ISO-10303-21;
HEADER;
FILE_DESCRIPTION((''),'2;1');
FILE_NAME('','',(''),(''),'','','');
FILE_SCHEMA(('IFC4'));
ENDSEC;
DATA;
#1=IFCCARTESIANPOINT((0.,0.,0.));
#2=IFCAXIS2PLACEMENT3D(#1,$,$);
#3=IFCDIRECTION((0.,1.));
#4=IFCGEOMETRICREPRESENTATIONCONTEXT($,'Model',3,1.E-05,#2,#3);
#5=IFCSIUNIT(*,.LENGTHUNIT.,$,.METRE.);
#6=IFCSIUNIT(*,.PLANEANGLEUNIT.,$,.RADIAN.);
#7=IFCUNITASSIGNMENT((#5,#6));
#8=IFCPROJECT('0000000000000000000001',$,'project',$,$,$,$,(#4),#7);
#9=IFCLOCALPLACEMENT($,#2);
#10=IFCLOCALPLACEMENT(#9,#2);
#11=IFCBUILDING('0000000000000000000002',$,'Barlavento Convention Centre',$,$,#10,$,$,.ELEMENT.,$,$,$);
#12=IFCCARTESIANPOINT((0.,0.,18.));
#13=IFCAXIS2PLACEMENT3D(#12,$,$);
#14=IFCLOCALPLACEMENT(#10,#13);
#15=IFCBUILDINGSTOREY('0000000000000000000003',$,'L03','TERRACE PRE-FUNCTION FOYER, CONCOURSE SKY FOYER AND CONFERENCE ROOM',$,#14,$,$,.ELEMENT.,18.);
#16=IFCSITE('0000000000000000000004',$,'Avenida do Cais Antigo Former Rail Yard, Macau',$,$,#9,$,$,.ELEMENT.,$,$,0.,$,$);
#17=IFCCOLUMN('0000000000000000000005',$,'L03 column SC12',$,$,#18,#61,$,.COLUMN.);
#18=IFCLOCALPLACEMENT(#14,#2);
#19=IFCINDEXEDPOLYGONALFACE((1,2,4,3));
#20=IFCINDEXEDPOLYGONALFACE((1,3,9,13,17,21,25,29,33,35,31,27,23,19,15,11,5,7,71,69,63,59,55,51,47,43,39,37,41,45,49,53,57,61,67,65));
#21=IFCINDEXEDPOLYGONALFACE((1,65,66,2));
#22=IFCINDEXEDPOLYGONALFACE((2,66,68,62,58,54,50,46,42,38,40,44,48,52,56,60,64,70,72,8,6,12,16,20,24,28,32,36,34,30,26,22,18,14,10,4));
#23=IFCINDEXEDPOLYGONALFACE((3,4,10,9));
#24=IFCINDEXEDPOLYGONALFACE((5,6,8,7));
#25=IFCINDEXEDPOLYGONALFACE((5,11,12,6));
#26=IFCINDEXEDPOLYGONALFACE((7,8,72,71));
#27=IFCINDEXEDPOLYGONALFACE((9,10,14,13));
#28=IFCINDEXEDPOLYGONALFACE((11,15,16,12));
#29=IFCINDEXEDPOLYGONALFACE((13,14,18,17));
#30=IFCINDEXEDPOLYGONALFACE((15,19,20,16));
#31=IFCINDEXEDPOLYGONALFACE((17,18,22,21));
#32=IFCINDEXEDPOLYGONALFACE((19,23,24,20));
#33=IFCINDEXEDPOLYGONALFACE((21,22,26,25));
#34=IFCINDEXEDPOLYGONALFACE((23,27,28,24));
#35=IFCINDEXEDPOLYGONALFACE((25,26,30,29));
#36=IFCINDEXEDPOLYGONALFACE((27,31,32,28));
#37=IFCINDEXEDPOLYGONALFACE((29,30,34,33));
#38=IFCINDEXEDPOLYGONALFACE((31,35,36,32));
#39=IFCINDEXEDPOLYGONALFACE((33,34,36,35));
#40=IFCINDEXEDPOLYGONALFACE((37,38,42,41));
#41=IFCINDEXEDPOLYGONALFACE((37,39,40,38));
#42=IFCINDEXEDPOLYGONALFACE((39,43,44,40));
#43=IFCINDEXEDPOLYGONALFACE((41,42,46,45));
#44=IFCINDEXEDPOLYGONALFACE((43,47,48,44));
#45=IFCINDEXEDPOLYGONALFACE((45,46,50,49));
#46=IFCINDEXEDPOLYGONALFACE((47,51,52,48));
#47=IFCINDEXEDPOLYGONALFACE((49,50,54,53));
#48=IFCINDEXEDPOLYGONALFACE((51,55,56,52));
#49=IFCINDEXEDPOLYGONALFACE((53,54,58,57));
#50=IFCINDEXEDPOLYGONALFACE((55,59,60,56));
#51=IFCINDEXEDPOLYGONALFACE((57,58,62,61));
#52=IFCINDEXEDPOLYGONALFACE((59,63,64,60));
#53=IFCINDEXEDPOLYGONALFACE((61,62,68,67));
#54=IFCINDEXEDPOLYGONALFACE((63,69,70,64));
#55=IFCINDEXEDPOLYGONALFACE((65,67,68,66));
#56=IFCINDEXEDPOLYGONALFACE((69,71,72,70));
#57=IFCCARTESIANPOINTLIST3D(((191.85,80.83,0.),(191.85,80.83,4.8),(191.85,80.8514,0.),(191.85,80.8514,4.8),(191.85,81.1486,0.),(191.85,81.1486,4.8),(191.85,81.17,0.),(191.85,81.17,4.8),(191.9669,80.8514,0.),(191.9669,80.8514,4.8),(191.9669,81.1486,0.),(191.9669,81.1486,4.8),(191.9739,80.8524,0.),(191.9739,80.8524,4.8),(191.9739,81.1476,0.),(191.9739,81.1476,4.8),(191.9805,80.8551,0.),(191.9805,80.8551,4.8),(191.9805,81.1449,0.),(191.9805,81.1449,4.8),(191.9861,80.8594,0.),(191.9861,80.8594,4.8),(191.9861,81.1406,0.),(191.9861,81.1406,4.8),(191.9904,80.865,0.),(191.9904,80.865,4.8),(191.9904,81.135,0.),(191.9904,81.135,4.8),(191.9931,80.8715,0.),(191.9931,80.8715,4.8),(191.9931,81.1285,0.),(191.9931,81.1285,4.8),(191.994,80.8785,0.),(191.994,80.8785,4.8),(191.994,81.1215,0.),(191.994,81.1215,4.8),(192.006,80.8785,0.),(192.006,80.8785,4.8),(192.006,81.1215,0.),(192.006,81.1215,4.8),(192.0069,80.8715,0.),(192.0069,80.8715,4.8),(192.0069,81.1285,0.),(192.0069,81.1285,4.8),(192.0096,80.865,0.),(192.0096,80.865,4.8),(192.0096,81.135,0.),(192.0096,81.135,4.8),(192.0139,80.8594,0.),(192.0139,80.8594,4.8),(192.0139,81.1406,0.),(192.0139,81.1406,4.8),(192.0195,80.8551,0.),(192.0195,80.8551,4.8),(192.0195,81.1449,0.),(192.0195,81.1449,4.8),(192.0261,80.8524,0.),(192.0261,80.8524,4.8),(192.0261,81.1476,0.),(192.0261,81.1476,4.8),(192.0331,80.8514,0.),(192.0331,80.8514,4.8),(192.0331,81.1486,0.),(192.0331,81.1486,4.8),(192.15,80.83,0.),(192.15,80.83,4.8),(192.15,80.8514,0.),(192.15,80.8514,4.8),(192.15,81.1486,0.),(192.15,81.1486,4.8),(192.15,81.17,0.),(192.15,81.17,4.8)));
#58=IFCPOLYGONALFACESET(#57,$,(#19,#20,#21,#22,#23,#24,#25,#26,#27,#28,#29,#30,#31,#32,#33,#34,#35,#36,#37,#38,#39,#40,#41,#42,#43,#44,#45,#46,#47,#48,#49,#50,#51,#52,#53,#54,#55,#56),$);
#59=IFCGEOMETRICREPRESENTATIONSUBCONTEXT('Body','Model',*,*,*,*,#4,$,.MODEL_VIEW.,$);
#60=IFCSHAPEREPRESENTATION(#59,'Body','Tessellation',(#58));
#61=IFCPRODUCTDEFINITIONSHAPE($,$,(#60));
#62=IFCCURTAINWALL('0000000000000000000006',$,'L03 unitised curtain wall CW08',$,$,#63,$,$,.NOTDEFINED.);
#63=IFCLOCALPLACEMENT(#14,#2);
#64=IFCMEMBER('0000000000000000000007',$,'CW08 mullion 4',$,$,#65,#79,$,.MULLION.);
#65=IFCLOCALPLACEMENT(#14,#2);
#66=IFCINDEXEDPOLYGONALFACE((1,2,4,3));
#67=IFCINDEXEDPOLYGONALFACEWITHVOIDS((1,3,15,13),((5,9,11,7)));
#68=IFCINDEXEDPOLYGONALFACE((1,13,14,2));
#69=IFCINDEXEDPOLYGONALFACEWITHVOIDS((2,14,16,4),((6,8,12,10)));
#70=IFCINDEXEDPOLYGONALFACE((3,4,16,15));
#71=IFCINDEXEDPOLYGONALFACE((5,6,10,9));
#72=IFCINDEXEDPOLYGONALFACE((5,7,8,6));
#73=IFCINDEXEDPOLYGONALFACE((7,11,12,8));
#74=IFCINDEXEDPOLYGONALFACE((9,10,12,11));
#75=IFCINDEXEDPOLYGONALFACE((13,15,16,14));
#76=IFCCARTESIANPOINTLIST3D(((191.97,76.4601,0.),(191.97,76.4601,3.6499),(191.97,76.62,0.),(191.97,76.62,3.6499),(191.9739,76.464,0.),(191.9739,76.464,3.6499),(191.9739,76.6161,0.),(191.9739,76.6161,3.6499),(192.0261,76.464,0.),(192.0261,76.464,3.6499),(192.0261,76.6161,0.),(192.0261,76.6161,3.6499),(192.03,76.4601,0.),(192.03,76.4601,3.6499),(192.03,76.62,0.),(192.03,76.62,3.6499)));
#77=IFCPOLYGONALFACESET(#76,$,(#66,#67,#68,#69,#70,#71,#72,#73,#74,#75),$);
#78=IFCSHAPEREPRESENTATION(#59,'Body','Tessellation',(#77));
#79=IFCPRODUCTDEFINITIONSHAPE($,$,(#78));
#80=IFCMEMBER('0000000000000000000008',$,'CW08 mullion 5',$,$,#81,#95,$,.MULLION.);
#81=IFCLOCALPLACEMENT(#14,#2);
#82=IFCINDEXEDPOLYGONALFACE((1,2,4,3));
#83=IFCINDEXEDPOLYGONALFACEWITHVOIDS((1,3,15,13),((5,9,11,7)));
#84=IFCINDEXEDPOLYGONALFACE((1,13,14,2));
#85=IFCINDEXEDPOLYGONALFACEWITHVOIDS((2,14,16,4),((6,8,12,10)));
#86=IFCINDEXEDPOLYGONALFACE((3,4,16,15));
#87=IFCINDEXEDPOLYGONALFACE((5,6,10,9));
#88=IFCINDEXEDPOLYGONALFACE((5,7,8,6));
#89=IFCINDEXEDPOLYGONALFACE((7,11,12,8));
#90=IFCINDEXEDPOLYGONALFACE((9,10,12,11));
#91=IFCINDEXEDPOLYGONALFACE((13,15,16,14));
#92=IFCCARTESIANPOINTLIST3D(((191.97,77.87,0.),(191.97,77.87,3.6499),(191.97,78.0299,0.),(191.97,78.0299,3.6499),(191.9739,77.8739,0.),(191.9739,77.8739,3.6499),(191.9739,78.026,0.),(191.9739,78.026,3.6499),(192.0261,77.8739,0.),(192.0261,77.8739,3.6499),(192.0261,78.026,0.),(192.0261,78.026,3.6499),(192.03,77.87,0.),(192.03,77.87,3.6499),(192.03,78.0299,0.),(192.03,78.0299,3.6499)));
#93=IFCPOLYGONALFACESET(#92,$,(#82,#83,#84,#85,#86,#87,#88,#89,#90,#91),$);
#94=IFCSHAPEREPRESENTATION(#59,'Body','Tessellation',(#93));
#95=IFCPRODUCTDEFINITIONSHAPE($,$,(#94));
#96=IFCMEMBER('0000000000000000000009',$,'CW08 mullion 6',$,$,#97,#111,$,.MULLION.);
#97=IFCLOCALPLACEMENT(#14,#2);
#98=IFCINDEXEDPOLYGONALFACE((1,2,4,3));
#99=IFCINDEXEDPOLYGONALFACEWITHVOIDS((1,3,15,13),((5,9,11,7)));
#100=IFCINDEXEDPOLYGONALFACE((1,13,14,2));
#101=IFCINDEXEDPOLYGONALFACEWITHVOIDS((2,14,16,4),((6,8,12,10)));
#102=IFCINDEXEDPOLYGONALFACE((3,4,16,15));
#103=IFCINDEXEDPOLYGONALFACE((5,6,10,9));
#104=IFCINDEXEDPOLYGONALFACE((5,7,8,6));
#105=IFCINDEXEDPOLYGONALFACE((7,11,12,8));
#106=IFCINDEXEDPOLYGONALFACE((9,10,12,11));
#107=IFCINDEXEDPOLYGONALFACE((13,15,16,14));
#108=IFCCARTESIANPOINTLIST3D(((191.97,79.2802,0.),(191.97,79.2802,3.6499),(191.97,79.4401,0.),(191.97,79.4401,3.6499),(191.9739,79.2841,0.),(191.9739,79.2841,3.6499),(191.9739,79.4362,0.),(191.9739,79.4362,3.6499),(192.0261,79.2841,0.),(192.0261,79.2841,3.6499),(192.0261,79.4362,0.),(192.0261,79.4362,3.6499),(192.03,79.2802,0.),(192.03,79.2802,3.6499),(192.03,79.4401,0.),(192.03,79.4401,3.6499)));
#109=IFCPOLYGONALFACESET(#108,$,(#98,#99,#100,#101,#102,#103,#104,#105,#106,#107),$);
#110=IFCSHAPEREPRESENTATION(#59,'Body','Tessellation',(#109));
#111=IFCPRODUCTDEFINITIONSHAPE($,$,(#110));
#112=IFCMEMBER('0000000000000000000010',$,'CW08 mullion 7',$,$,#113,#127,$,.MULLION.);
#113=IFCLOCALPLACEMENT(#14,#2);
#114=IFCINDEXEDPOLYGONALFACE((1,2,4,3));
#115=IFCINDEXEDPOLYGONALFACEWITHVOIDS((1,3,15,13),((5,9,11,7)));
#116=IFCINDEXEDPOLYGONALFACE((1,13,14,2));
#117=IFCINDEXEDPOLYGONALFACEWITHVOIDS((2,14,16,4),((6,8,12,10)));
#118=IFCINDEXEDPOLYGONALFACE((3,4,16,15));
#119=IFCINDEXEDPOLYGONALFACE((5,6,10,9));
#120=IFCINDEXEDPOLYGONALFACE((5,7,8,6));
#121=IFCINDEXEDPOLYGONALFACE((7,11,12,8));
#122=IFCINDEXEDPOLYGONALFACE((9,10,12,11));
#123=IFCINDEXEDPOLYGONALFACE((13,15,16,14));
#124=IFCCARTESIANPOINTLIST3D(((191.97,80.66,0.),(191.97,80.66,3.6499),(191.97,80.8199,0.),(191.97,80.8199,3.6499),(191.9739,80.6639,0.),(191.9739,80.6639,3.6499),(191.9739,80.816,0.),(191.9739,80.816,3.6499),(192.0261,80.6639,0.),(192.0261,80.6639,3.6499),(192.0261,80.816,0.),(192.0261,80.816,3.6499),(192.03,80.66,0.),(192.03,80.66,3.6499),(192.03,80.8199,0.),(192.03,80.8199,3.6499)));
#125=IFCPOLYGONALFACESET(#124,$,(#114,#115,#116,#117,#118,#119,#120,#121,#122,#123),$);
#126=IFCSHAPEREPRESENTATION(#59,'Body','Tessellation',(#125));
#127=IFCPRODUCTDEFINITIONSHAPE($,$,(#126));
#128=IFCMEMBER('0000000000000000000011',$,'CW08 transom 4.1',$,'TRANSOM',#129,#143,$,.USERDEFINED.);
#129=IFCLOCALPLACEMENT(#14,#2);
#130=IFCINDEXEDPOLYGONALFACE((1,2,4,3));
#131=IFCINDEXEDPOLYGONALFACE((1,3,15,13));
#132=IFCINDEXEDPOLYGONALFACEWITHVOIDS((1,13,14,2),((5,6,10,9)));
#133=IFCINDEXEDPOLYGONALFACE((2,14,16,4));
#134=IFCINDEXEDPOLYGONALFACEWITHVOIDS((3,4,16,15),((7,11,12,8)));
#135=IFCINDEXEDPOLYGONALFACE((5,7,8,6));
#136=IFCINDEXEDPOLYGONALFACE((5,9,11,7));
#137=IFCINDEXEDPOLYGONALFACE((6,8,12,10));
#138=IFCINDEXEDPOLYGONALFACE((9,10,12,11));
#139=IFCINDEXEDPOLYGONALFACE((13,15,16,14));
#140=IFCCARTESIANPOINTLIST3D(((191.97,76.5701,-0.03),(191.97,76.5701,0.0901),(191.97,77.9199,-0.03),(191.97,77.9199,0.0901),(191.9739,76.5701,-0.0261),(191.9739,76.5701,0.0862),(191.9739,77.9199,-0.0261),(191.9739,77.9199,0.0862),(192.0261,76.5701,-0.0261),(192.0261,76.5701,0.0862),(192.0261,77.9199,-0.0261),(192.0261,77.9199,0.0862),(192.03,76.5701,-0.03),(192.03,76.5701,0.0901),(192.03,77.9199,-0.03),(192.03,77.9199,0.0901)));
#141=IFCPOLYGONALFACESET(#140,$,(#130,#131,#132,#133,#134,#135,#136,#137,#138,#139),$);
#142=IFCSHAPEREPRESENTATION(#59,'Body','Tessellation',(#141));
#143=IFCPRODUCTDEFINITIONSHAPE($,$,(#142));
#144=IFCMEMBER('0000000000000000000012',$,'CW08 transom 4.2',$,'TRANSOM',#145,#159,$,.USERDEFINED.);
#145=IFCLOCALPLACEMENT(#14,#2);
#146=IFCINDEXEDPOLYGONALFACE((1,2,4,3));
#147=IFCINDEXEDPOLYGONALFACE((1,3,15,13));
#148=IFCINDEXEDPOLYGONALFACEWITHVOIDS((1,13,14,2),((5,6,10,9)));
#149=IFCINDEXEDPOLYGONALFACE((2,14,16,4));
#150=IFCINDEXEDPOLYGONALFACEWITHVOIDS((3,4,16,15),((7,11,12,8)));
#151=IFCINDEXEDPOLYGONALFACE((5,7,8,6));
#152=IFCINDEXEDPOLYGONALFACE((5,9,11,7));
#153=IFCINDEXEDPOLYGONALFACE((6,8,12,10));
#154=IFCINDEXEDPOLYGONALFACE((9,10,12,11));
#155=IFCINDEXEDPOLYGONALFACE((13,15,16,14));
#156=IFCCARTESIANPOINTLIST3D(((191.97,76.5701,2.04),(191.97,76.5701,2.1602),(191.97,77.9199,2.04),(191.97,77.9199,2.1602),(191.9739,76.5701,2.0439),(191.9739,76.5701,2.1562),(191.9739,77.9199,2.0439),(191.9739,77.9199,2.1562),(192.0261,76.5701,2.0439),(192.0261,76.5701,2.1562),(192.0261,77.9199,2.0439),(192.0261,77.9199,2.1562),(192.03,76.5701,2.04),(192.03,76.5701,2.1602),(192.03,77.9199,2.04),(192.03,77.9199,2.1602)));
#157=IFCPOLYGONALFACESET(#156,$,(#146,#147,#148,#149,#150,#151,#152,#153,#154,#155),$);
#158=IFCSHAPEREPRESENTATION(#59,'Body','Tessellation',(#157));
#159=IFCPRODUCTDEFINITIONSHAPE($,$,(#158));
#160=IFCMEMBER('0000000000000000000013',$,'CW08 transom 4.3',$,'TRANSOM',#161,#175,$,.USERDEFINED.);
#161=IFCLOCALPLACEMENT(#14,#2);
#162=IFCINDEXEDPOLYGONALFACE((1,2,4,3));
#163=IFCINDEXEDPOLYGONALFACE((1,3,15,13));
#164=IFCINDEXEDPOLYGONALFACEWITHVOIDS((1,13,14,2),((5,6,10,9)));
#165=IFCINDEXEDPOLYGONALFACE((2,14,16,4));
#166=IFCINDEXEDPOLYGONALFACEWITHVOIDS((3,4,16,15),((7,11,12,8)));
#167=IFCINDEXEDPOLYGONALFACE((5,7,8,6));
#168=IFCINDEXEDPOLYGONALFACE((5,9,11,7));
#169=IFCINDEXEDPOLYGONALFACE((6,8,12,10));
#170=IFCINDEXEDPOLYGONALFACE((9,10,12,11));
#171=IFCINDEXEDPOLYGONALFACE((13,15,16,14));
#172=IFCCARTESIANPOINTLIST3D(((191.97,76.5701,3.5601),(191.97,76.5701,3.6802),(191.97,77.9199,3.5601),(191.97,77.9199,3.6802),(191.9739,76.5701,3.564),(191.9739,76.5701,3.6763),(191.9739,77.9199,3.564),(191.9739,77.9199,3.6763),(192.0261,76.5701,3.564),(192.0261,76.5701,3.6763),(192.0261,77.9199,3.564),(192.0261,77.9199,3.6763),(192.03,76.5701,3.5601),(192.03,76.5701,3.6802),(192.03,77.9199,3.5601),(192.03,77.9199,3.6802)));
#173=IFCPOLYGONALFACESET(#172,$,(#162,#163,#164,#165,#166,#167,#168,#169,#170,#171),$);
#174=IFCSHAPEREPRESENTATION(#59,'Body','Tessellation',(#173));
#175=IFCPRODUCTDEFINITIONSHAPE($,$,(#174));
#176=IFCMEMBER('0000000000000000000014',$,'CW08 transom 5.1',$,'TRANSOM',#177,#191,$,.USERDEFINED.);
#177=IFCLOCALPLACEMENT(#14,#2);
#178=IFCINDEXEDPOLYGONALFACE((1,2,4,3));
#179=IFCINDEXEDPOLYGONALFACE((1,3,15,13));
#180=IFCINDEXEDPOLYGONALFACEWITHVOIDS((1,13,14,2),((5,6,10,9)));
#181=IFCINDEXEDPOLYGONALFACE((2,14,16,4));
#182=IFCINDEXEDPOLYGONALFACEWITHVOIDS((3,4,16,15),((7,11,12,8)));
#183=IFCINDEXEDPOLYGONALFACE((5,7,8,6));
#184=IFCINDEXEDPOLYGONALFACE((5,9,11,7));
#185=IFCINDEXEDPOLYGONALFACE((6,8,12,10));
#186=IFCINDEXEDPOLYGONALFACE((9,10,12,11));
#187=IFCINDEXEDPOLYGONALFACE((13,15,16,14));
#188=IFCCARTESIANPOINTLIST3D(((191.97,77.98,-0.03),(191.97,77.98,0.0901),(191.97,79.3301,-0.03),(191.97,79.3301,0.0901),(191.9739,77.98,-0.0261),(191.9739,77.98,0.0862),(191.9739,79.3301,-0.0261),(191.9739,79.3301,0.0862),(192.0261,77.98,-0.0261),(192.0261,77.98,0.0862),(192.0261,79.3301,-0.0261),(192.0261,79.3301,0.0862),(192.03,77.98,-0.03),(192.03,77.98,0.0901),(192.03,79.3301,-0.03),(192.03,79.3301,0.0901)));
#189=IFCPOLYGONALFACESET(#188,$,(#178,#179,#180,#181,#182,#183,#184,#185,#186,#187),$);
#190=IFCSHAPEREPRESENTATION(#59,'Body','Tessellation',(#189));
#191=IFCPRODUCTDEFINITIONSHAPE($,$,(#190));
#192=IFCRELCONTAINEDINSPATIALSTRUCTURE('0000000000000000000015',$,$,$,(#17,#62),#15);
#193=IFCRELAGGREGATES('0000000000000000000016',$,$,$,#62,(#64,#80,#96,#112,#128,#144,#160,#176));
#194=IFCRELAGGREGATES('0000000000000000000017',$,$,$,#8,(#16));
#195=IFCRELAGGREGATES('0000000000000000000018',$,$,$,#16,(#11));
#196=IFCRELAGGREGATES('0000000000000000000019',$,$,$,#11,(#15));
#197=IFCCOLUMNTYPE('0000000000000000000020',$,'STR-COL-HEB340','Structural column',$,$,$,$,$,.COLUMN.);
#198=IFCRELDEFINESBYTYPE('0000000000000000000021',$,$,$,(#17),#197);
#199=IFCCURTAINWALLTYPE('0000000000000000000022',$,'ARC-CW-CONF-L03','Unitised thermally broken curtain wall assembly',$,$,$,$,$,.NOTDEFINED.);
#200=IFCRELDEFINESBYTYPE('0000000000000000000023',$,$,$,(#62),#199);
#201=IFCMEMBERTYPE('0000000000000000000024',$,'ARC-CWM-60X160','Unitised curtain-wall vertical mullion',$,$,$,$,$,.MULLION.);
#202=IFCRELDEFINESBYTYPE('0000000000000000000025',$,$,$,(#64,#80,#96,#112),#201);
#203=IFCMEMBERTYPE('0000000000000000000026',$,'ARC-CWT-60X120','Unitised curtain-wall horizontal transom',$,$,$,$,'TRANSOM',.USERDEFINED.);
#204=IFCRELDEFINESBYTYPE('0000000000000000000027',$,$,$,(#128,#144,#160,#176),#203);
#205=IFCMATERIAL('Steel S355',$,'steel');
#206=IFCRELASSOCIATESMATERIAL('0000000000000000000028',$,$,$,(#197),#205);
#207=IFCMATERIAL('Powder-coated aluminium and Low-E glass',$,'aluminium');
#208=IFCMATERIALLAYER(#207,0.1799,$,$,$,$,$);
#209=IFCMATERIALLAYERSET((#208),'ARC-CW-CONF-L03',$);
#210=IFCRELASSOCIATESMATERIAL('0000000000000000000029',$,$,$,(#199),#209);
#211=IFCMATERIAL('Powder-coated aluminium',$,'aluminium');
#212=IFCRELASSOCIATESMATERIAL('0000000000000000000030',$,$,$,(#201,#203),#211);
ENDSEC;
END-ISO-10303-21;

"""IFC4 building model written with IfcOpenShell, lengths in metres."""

from ifc_helpers import new_model, si_unit, direction, frame, origin, origin_2d, place, context, subcontext, project, spatial, hollow_rectangle, i_section, extrude, material, layer, layer_set, material_profile, profile_set, type_object, element, aggregate, save


model = new_model("IFC4")

# Units and contexts
model_context = context("Model", 3, precision=1e-05, world=origin(), true_north=direction((0.0, 1.0)))
body_context = subcontext(model_context, "Body", "Model", "MODEL_VIEW")
ifc_project = project(units=[si_unit("LENGTHUNIT", "METRE"), si_unit("PLANEANGLEUNIT", "RADIAN")], contexts=[model_context])

# Site, building, storey
site_placement = place(None, origin())
site = spatial("IfcSite", under=ifc_project, at=site_placement, Name="Avenida do Cais Antigo Former Rail Yard, Macau", CompositionType="ELEMENT", RefElevation=0.0)
building_placement = place(site_placement, origin())
building = spatial("IfcBuilding", under=site, at=building_placement, Name="Barlavento Convention Centre", CompositionType="ELEMENT")
storey_placement = place(building_placement, frame((0.0, 0.0, 18.0)))
storey = spatial("IfcBuildingStorey", under=building, at=storey_placement, Name="L03", Description="TERRACE PRE-FUNCTION FOYER, CONCOURSE SKY FOYER AND CONFERENCE ROOM", CompositionType="ELEMENT", Elevation=18.0)

# Column
ifc_material_1 = material(Name="Steel S355", Category="steel")
ifc_material_profile_1 = material_profile(ifc_material_1, i_section(OverallWidth=0.3, OverallDepth=0.3401, WebThickness=0.012, FlangeThickness=0.0215, FilletRadius=0.0271, at=origin_2d()), Name="HEB 340")
ifc_profile_set_1 = profile_set([ifc_material_profile_1], Name="Steel S355")
column_type = type_object("IfcColumnType", Name="STR-COL-HEB340", Description="Structural column", PredefinedType="COLUMN", material=ifc_profile_set_1)
column_placement = place(storey_placement, frame((192.0, 81.0, 0.0), z_axis=(0.0, 0.0, 1.0), x_axis=(1.0, 0.0, 0.0)))
element("IfcColumn", 1, at=column_placement, inside=storey, type_object=column_type, Name="L03 column SC12", PredefinedType="COLUMN", context=body_context, shape_type="SweptSolid", body=[
    extrude(i_section(OverallWidth=0.3, OverallDepth=0.3401, WebThickness=0.012, FlangeThickness=0.0215, FilletRadius=0.0271, at=origin_2d()), origin(), (0.0, 0.0, 1.0), 4.8),
])

# Curtain wall, members
ifc_material_2 = material(Name="Powder-coated aluminium and Low-E glass", Category="aluminium")
ifc_layer_1 = layer(ifc_material_2, 0.1799)
ifc_layer_set_1 = layer_set([ifc_layer_1], Name="ARC-CW-CONF-L03")
curtain_wall_type = type_object("IfcCurtainWallType", Name="ARC-CW-CONF-L03", Description="Unitised thermally broken curtain wall assembly", PredefinedType="NOTDEFINED", material=ifc_layer_set_1)
curtain_wall_placement = place(storey_placement, origin())
curtain_wall = element("IfcCurtainWall", 2, at=curtain_wall_placement, inside=storey, type_object=curtain_wall_type, Name="L03 unitised curtain wall CW08", PredefinedType="NOTDEFINED")
ifc_material_3 = material(Name="Powder-coated aluminium", Category="aluminium")
ifc_material_profile_2 = material_profile(ifc_material_3, hollow_rectangle(XDim=0.0601, YDim=0.1599, WallThickness=0.0039, at=origin_2d()), Name="AL-MULL 60x160x4")
ifc_profile_set_2 = profile_set([ifc_material_profile_2], Name="Powder-coated aluminium")
member_type_1 = type_object("IfcMemberType", Name="ARC-CWM-60X160", Description="Unitised curtain-wall vertical mullion", PredefinedType="MULLION", material=ifc_profile_set_2)
member_1_placement = place(storey_placement, frame((192.0, 76.54, 0.0), z_axis=(0.0, 0.0, 1.0), x_axis=(-1.0, 0.0, 0.0)))
member_1 = element("IfcMember", 3, at=member_1_placement, type_object=member_type_1, Name="CW08 mullion 4", PredefinedType="MULLION", context=body_context, shape_type="SweptSolid", body=[
    extrude(hollow_rectangle(XDim=0.0601, YDim=0.1599, WallThickness=0.0039, at=origin_2d()), origin(), (0.0, 0.0, 1.0), 3.6499),
])
member_2_placement = place(storey_placement, frame((192.0, 77.95, 0.0), z_axis=(0.0, 0.0, 1.0), x_axis=(-1.0, 0.0, 0.0)))
member_2 = element("IfcMember", 4, at=member_2_placement, type_object=member_type_1, Name="CW08 mullion 5", PredefinedType="MULLION", context=body_context, shape_type="SweptSolid", body=[
    extrude(hollow_rectangle(XDim=0.0601, YDim=0.1599, WallThickness=0.0039, at=origin_2d()), origin(), (0.0, 0.0, 1.0), 3.6499),
])
member_3_placement = place(storey_placement, frame((192.0, 79.3601, 0.0), z_axis=(0.0, 0.0, 1.0), x_axis=(-1.0, 0.0, 0.0)))
member_3 = element("IfcMember", 5, at=member_3_placement, type_object=member_type_1, Name="CW08 mullion 6", PredefinedType="MULLION", context=body_context, shape_type="SweptSolid", body=[
    extrude(hollow_rectangle(XDim=0.0601, YDim=0.1599, WallThickness=0.0039, at=origin_2d()), origin(), (0.0, 0.0, 1.0), 3.6499),
])
member_4_placement = place(storey_placement, frame((192.0, 80.74, 0.0), z_axis=(0.0, 0.0, 1.0), x_axis=(-1.0, 0.0, 0.0)))
member_4 = element("IfcMember", 6, at=member_4_placement, type_object=member_type_1, Name="CW08 mullion 7", PredefinedType="MULLION", context=body_context, shape_type="SweptSolid", body=[
    extrude(hollow_rectangle(XDim=0.0601, YDim=0.1599, WallThickness=0.0039, at=origin_2d()), origin(), (0.0, 0.0, 1.0), 3.6499),
])
ifc_material_profile_3 = material_profile(ifc_material_3, hollow_rectangle(XDim=0.0601, YDim=0.1201, WallThickness=0.0039, at=origin_2d()), Name="AL-TRAN 60x120x4")
ifc_profile_set_3 = profile_set([ifc_material_profile_3], Name="Powder-coated aluminium")
member_type_2 = type_object("IfcMemberType", Name="ARC-CWT-60X120", Description="Unitised curtain-wall horizontal transom", ElementType="TRANSOM", PredefinedType="USERDEFINED", material=ifc_profile_set_3)
member_5_placement = place(storey_placement, frame((192.0, 76.5701, 0.03), z_axis=(0.0, 1.0, 0.0), x_axis=(-1.0, 0.0, 0.0)))
member_5 = element("IfcMember", 7, at=member_5_placement, type_object=member_type_2, Name="CW08 transom 4.1", ObjectType="TRANSOM", PredefinedType="USERDEFINED", context=body_context, shape_type="SweptSolid", body=[
    extrude(hollow_rectangle(XDim=0.0601, YDim=0.1201, WallThickness=0.0039, at=origin_2d()), origin(), (0.0, 0.0, 1.0), 1.3499),
])
member_6_placement = place(storey_placement, frame((192.0, 76.5701, 2.1001), z_axis=(0.0, 1.0, 0.0), x_axis=(-1.0, 0.0, 0.0)))
member_6 = element("IfcMember", 8, at=member_6_placement, type_object=member_type_2, Name="CW08 transom 4.2", ObjectType="TRANSOM", PredefinedType="USERDEFINED", context=body_context, shape_type="SweptSolid", body=[
    extrude(hollow_rectangle(XDim=0.0601, YDim=0.1201, WallThickness=0.0039, at=origin_2d()), origin(), (0.0, 0.0, 1.0), 1.3499),
])
member_7_placement = place(storey_placement, frame((192.0, 76.5701, 3.6201), z_axis=(0.0, 1.0, 0.0), x_axis=(-1.0, 0.0, 0.0)))
member_7 = element("IfcMember", 9, at=member_7_placement, type_object=member_type_2, Name="CW08 transom 4.3", ObjectType="TRANSOM", PredefinedType="USERDEFINED", context=body_context, shape_type="SweptSolid", body=[
    extrude(hollow_rectangle(XDim=0.0601, YDim=0.1201, WallThickness=0.0039, at=origin_2d()), origin(), (0.0, 0.0, 1.0), 1.3499),
])
member_8_placement = place(storey_placement, frame((192.0, 77.98, 0.03), z_axis=(0.0, 1.0, 0.0), x_axis=(-1.0, 0.0, 0.0)))
member_8 = element("IfcMember", 10, at=member_8_placement, type_object=member_type_2, Name="CW08 transom 5.1", ObjectType="TRANSOM", PredefinedType="USERDEFINED", context=body_context, shape_type="SweptSolid", body=[
    extrude(hollow_rectangle(XDim=0.0601, YDim=0.1201, WallThickness=0.0039, at=origin_2d()), origin(), (0.0, 0.0, 1.0), 1.3501),
])

aggregate(curtain_wall, [member_1, member_2, member_3, member_4, member_5, member_6, member_7, member_8])

save(model, "model.ifc")
